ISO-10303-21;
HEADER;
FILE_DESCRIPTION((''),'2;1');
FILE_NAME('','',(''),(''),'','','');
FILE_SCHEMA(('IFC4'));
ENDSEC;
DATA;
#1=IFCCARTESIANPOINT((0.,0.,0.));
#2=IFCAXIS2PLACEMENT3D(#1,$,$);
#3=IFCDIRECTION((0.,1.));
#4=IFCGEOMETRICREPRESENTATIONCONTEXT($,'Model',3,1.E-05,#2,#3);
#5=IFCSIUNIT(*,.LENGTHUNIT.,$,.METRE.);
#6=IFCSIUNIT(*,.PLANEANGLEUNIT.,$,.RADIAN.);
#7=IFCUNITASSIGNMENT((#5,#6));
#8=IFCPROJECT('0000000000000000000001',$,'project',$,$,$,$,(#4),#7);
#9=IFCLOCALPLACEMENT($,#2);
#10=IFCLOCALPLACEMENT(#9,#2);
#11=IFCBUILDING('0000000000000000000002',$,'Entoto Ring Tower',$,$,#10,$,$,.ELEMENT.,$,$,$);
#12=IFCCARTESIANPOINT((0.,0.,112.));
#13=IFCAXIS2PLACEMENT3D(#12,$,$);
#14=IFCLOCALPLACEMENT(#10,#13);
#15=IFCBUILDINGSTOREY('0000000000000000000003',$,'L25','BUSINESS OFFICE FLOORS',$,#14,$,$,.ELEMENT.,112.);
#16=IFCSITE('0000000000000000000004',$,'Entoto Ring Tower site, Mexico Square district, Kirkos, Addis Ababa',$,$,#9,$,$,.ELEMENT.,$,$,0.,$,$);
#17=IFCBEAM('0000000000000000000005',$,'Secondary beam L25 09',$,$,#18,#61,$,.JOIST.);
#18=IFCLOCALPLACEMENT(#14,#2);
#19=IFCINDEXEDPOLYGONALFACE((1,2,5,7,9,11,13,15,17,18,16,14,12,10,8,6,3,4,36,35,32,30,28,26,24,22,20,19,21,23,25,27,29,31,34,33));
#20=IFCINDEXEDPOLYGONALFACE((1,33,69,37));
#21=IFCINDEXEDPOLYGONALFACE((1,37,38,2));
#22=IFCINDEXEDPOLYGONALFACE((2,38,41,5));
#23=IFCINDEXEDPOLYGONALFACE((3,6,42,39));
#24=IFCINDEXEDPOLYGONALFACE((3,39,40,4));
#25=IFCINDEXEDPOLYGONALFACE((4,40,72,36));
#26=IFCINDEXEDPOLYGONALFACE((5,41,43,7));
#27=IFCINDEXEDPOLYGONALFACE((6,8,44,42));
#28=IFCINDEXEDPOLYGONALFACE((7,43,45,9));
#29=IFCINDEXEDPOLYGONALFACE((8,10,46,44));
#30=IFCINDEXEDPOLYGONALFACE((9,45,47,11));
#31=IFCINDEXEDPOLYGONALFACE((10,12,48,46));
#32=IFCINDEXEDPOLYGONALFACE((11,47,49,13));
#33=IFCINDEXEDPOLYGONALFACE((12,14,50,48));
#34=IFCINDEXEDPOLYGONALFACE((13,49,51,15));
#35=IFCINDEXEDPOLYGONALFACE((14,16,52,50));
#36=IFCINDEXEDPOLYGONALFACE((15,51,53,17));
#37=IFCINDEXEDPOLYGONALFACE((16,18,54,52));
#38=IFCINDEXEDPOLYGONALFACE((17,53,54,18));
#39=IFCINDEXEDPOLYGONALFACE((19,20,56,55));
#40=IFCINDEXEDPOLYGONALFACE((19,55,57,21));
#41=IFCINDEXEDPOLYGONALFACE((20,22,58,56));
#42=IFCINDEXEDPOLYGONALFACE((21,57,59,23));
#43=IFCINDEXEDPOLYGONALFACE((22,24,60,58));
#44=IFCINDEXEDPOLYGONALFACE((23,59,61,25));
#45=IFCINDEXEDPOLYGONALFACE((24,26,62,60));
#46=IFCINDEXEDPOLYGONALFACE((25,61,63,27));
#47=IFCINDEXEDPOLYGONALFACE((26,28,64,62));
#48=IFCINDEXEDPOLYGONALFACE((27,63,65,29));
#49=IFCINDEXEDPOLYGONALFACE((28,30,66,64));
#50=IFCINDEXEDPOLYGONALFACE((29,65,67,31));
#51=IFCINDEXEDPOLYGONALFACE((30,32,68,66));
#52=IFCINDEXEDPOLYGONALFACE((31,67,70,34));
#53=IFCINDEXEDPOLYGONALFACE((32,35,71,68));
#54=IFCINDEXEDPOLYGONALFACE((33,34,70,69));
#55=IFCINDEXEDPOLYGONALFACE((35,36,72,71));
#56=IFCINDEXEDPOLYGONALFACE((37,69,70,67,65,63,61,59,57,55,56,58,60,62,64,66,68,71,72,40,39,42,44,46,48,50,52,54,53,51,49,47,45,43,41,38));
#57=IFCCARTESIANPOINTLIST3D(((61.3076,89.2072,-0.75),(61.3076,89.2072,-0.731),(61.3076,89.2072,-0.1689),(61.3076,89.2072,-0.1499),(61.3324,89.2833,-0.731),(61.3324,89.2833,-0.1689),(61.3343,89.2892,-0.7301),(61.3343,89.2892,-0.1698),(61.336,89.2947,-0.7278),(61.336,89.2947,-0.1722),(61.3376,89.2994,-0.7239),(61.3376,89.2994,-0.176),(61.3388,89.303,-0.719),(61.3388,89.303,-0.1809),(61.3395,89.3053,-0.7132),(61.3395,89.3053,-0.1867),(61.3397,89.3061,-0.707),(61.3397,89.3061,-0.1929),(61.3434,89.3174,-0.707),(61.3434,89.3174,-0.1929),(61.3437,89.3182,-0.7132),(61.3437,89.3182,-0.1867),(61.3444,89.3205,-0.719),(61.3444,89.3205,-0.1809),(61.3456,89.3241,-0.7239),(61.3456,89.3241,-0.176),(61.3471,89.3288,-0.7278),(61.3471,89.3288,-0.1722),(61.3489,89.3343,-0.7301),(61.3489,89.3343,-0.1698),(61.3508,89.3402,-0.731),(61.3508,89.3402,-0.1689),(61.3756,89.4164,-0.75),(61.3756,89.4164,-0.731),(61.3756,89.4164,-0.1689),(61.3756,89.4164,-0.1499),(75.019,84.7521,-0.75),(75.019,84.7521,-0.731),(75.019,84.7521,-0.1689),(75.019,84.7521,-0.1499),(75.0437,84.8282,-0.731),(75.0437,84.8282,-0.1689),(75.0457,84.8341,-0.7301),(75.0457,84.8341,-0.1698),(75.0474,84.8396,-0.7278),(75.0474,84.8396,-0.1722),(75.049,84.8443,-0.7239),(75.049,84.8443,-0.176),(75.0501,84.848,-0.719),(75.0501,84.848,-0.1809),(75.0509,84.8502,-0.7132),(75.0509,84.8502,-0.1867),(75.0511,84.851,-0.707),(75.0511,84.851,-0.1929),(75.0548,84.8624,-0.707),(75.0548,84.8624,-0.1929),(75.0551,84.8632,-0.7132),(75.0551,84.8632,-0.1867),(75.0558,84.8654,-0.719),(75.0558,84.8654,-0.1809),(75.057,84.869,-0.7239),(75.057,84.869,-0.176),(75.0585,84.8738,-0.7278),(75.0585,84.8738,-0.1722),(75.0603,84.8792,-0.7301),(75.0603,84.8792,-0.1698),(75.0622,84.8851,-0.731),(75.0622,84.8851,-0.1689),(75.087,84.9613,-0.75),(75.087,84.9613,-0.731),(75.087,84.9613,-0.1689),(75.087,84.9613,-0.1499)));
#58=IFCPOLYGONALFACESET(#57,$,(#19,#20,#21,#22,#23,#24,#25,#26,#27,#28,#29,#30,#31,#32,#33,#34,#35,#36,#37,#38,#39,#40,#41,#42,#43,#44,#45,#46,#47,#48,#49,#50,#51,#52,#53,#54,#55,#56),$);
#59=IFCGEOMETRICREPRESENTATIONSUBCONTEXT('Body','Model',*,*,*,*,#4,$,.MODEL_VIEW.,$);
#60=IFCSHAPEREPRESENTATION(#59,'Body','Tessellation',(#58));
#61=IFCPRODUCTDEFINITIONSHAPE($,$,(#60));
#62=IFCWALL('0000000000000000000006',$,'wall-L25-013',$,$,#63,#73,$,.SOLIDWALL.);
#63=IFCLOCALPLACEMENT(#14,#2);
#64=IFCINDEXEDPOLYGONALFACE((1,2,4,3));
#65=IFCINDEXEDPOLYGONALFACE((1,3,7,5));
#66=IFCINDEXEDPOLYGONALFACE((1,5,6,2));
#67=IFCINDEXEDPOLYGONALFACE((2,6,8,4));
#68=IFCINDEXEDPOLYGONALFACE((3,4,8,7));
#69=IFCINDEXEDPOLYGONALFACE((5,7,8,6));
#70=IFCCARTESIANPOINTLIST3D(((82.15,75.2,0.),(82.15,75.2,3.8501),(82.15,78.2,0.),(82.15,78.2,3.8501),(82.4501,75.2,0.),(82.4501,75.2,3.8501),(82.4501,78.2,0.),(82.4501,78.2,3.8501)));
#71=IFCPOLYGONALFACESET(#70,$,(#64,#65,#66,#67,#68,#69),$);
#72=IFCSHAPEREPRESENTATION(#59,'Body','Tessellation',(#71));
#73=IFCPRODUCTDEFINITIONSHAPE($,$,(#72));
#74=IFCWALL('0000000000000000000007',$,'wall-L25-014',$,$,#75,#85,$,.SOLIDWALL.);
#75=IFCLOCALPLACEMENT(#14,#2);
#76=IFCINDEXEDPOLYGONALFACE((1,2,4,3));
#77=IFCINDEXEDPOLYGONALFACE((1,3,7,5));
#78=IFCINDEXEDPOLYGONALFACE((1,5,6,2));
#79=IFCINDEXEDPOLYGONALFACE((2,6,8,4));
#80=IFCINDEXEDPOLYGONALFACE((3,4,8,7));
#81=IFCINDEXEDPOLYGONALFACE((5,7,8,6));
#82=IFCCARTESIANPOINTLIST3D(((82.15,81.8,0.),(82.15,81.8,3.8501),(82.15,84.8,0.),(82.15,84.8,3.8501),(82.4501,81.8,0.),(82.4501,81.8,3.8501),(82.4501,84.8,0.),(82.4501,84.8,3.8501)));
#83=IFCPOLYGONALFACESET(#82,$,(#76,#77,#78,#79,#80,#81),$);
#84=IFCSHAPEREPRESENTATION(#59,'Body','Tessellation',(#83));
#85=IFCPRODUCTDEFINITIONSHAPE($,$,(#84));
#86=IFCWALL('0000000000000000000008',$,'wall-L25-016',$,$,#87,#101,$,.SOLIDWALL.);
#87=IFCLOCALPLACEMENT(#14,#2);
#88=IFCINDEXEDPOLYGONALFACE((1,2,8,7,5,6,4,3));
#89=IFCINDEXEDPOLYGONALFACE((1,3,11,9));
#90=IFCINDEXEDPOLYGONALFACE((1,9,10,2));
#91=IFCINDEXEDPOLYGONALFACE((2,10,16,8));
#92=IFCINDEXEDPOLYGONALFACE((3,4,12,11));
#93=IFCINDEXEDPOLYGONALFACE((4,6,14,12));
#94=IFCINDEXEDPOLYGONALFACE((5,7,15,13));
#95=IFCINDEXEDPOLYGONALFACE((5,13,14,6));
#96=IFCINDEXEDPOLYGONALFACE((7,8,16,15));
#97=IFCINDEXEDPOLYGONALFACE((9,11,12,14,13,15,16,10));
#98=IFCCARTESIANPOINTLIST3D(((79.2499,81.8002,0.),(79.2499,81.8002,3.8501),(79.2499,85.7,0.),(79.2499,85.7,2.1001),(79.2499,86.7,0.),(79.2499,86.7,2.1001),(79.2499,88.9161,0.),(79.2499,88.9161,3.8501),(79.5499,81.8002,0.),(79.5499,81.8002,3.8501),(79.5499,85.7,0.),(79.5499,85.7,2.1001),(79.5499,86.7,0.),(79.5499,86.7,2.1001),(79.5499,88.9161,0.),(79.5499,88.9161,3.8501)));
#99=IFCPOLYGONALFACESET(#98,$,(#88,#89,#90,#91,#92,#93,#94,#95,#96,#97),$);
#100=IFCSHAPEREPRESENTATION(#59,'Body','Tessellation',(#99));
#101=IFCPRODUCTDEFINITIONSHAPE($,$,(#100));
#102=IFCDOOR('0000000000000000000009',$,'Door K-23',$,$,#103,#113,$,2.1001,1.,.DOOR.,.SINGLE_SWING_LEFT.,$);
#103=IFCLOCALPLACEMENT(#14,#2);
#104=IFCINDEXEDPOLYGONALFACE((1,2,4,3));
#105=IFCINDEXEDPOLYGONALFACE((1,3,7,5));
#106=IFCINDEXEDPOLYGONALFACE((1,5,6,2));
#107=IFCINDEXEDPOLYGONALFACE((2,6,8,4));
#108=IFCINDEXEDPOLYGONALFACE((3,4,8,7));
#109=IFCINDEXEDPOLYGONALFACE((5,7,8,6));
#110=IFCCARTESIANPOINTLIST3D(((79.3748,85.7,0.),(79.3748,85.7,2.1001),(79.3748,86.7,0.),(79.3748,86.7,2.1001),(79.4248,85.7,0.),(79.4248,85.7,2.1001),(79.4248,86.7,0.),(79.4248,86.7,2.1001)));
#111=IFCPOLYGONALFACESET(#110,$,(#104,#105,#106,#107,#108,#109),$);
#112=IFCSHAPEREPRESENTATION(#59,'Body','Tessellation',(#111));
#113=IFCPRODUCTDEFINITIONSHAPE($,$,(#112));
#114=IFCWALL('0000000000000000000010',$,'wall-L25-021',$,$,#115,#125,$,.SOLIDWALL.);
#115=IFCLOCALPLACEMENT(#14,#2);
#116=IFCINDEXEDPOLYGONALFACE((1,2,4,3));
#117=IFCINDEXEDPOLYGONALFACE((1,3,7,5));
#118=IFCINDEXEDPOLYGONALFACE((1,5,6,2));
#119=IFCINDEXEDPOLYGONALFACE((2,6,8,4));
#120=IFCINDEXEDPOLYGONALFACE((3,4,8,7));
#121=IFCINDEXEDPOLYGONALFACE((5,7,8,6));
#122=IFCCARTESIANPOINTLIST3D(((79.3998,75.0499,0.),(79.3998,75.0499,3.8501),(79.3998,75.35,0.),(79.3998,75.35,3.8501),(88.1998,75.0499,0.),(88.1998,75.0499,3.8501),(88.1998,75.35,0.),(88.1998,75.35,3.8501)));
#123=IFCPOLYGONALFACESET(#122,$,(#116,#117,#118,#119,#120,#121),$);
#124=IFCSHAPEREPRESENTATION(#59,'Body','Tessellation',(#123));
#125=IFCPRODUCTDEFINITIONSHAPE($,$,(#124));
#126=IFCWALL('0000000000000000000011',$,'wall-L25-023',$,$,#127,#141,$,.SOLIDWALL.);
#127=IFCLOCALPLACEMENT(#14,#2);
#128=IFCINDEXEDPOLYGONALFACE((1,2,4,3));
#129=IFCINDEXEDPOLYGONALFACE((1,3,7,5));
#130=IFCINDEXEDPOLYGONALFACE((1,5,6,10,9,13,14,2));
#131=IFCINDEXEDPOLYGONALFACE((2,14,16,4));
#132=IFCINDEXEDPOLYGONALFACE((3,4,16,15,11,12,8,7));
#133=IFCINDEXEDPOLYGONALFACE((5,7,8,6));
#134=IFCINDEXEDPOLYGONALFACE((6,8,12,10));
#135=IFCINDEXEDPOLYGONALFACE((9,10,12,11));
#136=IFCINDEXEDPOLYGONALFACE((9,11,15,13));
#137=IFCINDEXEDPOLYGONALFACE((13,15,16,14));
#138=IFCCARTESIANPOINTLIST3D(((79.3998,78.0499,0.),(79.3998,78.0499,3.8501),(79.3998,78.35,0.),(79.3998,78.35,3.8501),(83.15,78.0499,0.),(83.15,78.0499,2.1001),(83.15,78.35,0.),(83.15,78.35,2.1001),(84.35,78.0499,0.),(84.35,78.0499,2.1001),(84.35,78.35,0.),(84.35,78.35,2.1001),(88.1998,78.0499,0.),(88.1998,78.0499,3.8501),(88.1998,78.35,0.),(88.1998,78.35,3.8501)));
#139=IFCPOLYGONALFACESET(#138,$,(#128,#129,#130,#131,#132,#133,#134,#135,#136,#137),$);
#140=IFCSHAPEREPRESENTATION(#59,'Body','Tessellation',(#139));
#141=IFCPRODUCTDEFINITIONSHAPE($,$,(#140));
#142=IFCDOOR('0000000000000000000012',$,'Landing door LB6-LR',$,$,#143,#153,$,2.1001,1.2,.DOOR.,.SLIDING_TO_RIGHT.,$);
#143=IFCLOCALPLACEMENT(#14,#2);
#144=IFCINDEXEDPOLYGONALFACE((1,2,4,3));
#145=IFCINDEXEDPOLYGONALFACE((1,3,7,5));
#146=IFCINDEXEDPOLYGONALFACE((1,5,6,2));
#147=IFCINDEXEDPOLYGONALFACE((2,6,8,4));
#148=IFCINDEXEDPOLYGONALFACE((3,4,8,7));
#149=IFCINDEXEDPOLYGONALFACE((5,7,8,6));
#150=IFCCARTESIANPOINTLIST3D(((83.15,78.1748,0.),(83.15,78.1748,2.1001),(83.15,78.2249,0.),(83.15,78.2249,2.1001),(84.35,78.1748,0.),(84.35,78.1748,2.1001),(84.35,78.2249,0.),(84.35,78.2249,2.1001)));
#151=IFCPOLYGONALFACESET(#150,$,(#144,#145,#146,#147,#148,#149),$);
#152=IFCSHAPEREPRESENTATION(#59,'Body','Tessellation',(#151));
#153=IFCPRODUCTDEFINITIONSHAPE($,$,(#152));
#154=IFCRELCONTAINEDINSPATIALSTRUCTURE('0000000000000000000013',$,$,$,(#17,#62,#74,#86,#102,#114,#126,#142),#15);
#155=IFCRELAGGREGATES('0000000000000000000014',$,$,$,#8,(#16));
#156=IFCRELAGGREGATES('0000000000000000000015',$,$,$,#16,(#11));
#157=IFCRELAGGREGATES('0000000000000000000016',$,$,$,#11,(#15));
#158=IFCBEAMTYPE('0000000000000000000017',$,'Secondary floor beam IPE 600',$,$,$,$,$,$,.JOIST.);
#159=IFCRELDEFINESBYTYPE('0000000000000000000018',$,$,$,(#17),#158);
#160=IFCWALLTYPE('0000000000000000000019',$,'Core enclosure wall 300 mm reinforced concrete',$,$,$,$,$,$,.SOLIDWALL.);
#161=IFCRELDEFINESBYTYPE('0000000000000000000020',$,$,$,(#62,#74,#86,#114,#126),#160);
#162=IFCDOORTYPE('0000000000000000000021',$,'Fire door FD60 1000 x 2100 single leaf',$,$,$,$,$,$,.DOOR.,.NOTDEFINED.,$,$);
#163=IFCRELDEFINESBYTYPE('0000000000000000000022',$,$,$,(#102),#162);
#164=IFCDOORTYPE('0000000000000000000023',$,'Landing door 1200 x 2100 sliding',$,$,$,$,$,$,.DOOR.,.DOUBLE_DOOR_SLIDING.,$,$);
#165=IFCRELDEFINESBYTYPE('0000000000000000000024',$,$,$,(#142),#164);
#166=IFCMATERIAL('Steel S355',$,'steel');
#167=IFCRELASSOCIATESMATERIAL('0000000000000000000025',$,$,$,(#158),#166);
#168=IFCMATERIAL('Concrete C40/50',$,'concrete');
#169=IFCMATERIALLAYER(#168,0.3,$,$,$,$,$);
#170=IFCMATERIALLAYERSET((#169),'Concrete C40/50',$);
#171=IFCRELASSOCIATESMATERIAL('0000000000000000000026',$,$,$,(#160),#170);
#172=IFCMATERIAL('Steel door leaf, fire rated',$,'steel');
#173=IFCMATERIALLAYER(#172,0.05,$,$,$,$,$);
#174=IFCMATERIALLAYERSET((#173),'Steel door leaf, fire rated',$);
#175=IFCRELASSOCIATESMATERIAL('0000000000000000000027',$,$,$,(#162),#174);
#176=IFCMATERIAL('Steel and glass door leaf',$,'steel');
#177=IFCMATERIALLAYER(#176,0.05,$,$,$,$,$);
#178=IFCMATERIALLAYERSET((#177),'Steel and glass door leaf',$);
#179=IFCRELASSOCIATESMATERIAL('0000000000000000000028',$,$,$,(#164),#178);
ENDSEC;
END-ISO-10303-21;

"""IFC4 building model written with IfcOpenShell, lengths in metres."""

from ifc_helpers import new_model, si_unit, direction, frame, frame_2d, origin, origin_2d, place, context, subcontext, project, spatial, rectangle, i_section, extrude, material, layer, layer_set, material_profile, profile_set, type_object, element, fill, save


model = new_model("IFC4")

# Units and contexts
model_context = context("Model", 3, precision=1e-05, world=origin(), true_north=direction((0.0, 1.0)))
body_context = subcontext(model_context, "Body", "Model", "MODEL_VIEW")
ifc_project = project(units=[si_unit("LENGTHUNIT", "METRE"), si_unit("PLANEANGLEUNIT", "RADIAN")], contexts=[model_context])

# Site, building, storey
site_placement = place(None, origin())
site = spatial("IfcSite", under=ifc_project, at=site_placement, Name="Entoto Ring Tower site, Mexico Square district, Kirkos, Addis Ababa", CompositionType="ELEMENT", RefElevation=0.0)
building_placement = place(site_placement, origin())
building = spatial("IfcBuilding", under=site, at=building_placement, Name="Entoto Ring Tower", CompositionType="ELEMENT")
storey_placement = place(building_placement, frame((0.0, 0.0, 112.0)))
storey = spatial("IfcBuildingStorey", under=building, at=storey_placement, Name="L25", Description="BUSINESS OFFICE FLOORS", CompositionType="ELEMENT", Elevation=112.0)

# Beam
ifc_material_1 = material(Name="Steel S355", Category="steel")
ifc_material_profile = material_profile(ifc_material_1, i_section(OverallWidth=0.22, OverallDepth=0.6001, WebThickness=0.012, FlangeThickness=0.019, FilletRadius=0.0239, at=origin_2d()), Name="IPE 600")
ifc_profile_set = profile_set([ifc_material_profile], Name="Steel S355")
beam_type = type_object("IfcBeamType", Name="Secondary floor beam IPE 600", PredefinedType="JOIST", material=ifc_profile_set)
beam_placement = place(storey_placement, frame((75.053, 84.8567, -0.45), z_axis=(-0.951057, 0.309015, 0.0), x_axis=(-0.309015, -0.951057, 0.0)))
element("IfcBeam", 1, at=beam_placement, inside=storey, type_object=beam_type, Name="Secondary beam L25 09", PredefinedType="JOIST", context=body_context, shape_type="SweptSolid", body=[
    extrude(i_section(OverallWidth=0.22, OverallDepth=0.6001, WebThickness=0.012, FlangeThickness=0.019, FilletRadius=0.0239, at=origin_2d()), origin(), (0.0, 0.0, 1.0), 14.417),
])

# Walls
ifc_material_2 = material(Name="Concrete C40/50", Category="concrete")
ifc_layer_1 = layer(ifc_material_2, 0.3)
ifc_layer_set_1 = layer_set([ifc_layer_1], Name="Concrete C40/50")
wall_type_1 = type_object("IfcWallType", Name="Core enclosure wall 300 mm reinforced concrete", PredefinedType="SOLIDWALL", material=ifc_layer_set_1)
for number, where, z_axis, x_axis, name in (
    (2, (82.3, 75.2, 0.0), (0.0, 0.0, 1.0), (0.0, 1.0, 0.0), "wall-L25-013"),
    (3, (82.3, 81.8, 0.0), (0.0, 0.0, 1.0), (0.0, 1.0, 0.0), "wall-L25-014"),
):
    element("IfcWall", number, at=place(storey_placement, frame(where, z_axis=z_axis, x_axis=x_axis)), inside=storey, type_object=wall_type_1, Name=name, PredefinedType="SOLIDWALL", context=body_context, shape_type="SweptSolid", body=[
        extrude(rectangle(XDim=3.0, YDim=0.3, at=frame_2d((1.5, 0.0))), origin(), (0.0, 0.0, 1.0), 3.8501),
    ])

# Wall, opening, door
wall_1_placement = place(storey_placement, frame((79.3999, 81.8, 0.0), z_axis=(0.0, 0.0, 1.0), x_axis=(0.0, 1.0, 0.0)))
wall_1 = element("IfcWall", 4, at=wall_1_placement, inside=storey, type_object=wall_type_1, Name="wall-L25-016", PredefinedType="SOLIDWALL", context=body_context, shape_type="SweptSolid", body=[
    extrude(rectangle(XDim=7.116, YDim=0.3, at=frame_2d((3.5581, 0.0))), origin(), (0.0, 0.0, 1.0), 3.8501),
])
opening_1_placement = place(wall_1_placement, frame((3.8999, 0.0, 0.0)))
opening_1 = element("IfcOpeningElement", 5, at=opening_1_placement, cuts=wall_1, PredefinedType="OPENING", context=body_context, shape_type="SweptSolid", body=[
    extrude(rectangle(XDim=1.0, YDim=2.1001, at=frame_2d((0.5, 1.05))), frame((0.0, 0.1602, 0.0), z_axis=(0.0, -1.0, 0.0), x_axis=(1.0, 0.0, 0.0)), (0.0, 0.0, 1.0), 0.3201),
])
ifc_material_3 = material(Name="Steel door leaf, fire rated", Category="steel")
ifc_layer_2 = layer(ifc_material_3, 0.05)
ifc_layer_set_2 = layer_set([ifc_layer_2], Name="Steel door leaf, fire rated")
door_type_1 = type_object("IfcDoorType", Name="Fire door FD60 1000 x 2100 single leaf", OperationType="NOTDEFINED", PredefinedType="DOOR", material=ifc_layer_set_2)
door_1_placement = place(opening_1_placement, frame((1.0, 0.0, 0.0), z_axis=(0.0, 0.0, 1.0), x_axis=(-1.0, 0.0, 0.0)))
door_1 = element("IfcDoor", 6, at=door_1_placement, inside=storey, type_object=door_type_1, Name="Door K-23", OperationType="SINGLE_SWING_LEFT", OverallHeight=2.1001, OverallWidth=1.0, PredefinedType="DOOR", context=body_context, shape_type="SweptSolid", body=[
    extrude(rectangle(XDim=1.0, YDim=2.1001, at=frame_2d((0.5, 1.05))), frame((0.0, 0.0249, 0.0), z_axis=(0.0, -1.0, 0.0), x_axis=(1.0, 0.0, 0.0)), (0.0, 0.0, 1.0), 0.05),
])
fill(opening_1, door_1)

# Wall
wall_2_placement = place(storey_placement, frame((79.3999, 75.2, 0.0), z_axis=(0.0, 0.0, 1.0), x_axis=(1.0, 0.0, 0.0)))
element("IfcWall", 7, at=wall_2_placement, inside=storey, type_object=wall_type_1, Name="wall-L25-021", PredefinedType="SOLIDWALL", context=body_context, shape_type="SweptSolid", body=[
    extrude(rectangle(XDim=8.8, YDim=0.3, at=frame_2d((4.3999, 0.0))), origin(), (0.0, 0.0, 1.0), 3.8501),
])

# Wall, opening, door
wall_3_placement = place(storey_placement, frame((79.3999, 78.2, 0.0), z_axis=(0.0, 0.0, 1.0), x_axis=(1.0, 0.0, 0.0)))
wall_3 = element("IfcWall", 8, at=wall_3_placement, inside=storey, type_object=wall_type_1, Name="wall-L25-023", PredefinedType="SOLIDWALL", context=body_context, shape_type="SweptSolid", body=[
    extrude(rectangle(XDim=8.8, YDim=0.3, at=frame_2d((4.3999, 0.0))), origin(), (0.0, 0.0, 1.0), 3.8501),
])
opening_2_placement = place(wall_3_placement, frame((3.75, 0.0, 0.0)))
opening_2 = element("IfcOpeningElement", 9, at=opening_2_placement, cuts=wall_3, PredefinedType="OPENING", context=body_context, shape_type="SweptSolid", body=[
    extrude(rectangle(XDim=1.2, YDim=2.1001, at=frame_2d((0.6001, 1.05))), frame((0.0, 0.1602, 0.0), z_axis=(0.0, -1.0, 0.0), x_axis=(1.0, 0.0, 0.0)), (0.0, 0.0, 1.0), 0.3201),
])
ifc_material_4 = material(Name="Steel and glass door leaf", Category="steel")
ifc_layer_3 = layer(ifc_material_4, 0.05)
ifc_layer_set_3 = layer_set([ifc_layer_3], Name="Steel and glass door leaf")
door_type_2 = type_object("IfcDoorType", Name="Landing door 1200 x 2100 sliding", OperationType="DOUBLE_DOOR_SLIDING", PredefinedType="DOOR", material=ifc_layer_set_3)
door_2_placement = place(opening_2_placement, origin())
door_2 = element("IfcDoor", 10, at=door_2_placement, inside=storey, type_object=door_type_2, Name="Landing door LB6-LR", OperationType="SLIDING_TO_RIGHT", OverallHeight=2.1001, OverallWidth=1.2, PredefinedType="DOOR", context=body_context, shape_type="SweptSolid", body=[
    extrude(rectangle(XDim=1.2, YDim=2.1001, at=frame_2d((0.6001, 1.05))), frame((0.0, 0.0249, 0.0), z_axis=(0.0, -1.0, 0.0), x_axis=(1.0, 0.0, 0.0)), (0.0, 0.0, 1.0), 0.05),
])
fill(opening_2, door_2)

save(model, "model.ifc")
